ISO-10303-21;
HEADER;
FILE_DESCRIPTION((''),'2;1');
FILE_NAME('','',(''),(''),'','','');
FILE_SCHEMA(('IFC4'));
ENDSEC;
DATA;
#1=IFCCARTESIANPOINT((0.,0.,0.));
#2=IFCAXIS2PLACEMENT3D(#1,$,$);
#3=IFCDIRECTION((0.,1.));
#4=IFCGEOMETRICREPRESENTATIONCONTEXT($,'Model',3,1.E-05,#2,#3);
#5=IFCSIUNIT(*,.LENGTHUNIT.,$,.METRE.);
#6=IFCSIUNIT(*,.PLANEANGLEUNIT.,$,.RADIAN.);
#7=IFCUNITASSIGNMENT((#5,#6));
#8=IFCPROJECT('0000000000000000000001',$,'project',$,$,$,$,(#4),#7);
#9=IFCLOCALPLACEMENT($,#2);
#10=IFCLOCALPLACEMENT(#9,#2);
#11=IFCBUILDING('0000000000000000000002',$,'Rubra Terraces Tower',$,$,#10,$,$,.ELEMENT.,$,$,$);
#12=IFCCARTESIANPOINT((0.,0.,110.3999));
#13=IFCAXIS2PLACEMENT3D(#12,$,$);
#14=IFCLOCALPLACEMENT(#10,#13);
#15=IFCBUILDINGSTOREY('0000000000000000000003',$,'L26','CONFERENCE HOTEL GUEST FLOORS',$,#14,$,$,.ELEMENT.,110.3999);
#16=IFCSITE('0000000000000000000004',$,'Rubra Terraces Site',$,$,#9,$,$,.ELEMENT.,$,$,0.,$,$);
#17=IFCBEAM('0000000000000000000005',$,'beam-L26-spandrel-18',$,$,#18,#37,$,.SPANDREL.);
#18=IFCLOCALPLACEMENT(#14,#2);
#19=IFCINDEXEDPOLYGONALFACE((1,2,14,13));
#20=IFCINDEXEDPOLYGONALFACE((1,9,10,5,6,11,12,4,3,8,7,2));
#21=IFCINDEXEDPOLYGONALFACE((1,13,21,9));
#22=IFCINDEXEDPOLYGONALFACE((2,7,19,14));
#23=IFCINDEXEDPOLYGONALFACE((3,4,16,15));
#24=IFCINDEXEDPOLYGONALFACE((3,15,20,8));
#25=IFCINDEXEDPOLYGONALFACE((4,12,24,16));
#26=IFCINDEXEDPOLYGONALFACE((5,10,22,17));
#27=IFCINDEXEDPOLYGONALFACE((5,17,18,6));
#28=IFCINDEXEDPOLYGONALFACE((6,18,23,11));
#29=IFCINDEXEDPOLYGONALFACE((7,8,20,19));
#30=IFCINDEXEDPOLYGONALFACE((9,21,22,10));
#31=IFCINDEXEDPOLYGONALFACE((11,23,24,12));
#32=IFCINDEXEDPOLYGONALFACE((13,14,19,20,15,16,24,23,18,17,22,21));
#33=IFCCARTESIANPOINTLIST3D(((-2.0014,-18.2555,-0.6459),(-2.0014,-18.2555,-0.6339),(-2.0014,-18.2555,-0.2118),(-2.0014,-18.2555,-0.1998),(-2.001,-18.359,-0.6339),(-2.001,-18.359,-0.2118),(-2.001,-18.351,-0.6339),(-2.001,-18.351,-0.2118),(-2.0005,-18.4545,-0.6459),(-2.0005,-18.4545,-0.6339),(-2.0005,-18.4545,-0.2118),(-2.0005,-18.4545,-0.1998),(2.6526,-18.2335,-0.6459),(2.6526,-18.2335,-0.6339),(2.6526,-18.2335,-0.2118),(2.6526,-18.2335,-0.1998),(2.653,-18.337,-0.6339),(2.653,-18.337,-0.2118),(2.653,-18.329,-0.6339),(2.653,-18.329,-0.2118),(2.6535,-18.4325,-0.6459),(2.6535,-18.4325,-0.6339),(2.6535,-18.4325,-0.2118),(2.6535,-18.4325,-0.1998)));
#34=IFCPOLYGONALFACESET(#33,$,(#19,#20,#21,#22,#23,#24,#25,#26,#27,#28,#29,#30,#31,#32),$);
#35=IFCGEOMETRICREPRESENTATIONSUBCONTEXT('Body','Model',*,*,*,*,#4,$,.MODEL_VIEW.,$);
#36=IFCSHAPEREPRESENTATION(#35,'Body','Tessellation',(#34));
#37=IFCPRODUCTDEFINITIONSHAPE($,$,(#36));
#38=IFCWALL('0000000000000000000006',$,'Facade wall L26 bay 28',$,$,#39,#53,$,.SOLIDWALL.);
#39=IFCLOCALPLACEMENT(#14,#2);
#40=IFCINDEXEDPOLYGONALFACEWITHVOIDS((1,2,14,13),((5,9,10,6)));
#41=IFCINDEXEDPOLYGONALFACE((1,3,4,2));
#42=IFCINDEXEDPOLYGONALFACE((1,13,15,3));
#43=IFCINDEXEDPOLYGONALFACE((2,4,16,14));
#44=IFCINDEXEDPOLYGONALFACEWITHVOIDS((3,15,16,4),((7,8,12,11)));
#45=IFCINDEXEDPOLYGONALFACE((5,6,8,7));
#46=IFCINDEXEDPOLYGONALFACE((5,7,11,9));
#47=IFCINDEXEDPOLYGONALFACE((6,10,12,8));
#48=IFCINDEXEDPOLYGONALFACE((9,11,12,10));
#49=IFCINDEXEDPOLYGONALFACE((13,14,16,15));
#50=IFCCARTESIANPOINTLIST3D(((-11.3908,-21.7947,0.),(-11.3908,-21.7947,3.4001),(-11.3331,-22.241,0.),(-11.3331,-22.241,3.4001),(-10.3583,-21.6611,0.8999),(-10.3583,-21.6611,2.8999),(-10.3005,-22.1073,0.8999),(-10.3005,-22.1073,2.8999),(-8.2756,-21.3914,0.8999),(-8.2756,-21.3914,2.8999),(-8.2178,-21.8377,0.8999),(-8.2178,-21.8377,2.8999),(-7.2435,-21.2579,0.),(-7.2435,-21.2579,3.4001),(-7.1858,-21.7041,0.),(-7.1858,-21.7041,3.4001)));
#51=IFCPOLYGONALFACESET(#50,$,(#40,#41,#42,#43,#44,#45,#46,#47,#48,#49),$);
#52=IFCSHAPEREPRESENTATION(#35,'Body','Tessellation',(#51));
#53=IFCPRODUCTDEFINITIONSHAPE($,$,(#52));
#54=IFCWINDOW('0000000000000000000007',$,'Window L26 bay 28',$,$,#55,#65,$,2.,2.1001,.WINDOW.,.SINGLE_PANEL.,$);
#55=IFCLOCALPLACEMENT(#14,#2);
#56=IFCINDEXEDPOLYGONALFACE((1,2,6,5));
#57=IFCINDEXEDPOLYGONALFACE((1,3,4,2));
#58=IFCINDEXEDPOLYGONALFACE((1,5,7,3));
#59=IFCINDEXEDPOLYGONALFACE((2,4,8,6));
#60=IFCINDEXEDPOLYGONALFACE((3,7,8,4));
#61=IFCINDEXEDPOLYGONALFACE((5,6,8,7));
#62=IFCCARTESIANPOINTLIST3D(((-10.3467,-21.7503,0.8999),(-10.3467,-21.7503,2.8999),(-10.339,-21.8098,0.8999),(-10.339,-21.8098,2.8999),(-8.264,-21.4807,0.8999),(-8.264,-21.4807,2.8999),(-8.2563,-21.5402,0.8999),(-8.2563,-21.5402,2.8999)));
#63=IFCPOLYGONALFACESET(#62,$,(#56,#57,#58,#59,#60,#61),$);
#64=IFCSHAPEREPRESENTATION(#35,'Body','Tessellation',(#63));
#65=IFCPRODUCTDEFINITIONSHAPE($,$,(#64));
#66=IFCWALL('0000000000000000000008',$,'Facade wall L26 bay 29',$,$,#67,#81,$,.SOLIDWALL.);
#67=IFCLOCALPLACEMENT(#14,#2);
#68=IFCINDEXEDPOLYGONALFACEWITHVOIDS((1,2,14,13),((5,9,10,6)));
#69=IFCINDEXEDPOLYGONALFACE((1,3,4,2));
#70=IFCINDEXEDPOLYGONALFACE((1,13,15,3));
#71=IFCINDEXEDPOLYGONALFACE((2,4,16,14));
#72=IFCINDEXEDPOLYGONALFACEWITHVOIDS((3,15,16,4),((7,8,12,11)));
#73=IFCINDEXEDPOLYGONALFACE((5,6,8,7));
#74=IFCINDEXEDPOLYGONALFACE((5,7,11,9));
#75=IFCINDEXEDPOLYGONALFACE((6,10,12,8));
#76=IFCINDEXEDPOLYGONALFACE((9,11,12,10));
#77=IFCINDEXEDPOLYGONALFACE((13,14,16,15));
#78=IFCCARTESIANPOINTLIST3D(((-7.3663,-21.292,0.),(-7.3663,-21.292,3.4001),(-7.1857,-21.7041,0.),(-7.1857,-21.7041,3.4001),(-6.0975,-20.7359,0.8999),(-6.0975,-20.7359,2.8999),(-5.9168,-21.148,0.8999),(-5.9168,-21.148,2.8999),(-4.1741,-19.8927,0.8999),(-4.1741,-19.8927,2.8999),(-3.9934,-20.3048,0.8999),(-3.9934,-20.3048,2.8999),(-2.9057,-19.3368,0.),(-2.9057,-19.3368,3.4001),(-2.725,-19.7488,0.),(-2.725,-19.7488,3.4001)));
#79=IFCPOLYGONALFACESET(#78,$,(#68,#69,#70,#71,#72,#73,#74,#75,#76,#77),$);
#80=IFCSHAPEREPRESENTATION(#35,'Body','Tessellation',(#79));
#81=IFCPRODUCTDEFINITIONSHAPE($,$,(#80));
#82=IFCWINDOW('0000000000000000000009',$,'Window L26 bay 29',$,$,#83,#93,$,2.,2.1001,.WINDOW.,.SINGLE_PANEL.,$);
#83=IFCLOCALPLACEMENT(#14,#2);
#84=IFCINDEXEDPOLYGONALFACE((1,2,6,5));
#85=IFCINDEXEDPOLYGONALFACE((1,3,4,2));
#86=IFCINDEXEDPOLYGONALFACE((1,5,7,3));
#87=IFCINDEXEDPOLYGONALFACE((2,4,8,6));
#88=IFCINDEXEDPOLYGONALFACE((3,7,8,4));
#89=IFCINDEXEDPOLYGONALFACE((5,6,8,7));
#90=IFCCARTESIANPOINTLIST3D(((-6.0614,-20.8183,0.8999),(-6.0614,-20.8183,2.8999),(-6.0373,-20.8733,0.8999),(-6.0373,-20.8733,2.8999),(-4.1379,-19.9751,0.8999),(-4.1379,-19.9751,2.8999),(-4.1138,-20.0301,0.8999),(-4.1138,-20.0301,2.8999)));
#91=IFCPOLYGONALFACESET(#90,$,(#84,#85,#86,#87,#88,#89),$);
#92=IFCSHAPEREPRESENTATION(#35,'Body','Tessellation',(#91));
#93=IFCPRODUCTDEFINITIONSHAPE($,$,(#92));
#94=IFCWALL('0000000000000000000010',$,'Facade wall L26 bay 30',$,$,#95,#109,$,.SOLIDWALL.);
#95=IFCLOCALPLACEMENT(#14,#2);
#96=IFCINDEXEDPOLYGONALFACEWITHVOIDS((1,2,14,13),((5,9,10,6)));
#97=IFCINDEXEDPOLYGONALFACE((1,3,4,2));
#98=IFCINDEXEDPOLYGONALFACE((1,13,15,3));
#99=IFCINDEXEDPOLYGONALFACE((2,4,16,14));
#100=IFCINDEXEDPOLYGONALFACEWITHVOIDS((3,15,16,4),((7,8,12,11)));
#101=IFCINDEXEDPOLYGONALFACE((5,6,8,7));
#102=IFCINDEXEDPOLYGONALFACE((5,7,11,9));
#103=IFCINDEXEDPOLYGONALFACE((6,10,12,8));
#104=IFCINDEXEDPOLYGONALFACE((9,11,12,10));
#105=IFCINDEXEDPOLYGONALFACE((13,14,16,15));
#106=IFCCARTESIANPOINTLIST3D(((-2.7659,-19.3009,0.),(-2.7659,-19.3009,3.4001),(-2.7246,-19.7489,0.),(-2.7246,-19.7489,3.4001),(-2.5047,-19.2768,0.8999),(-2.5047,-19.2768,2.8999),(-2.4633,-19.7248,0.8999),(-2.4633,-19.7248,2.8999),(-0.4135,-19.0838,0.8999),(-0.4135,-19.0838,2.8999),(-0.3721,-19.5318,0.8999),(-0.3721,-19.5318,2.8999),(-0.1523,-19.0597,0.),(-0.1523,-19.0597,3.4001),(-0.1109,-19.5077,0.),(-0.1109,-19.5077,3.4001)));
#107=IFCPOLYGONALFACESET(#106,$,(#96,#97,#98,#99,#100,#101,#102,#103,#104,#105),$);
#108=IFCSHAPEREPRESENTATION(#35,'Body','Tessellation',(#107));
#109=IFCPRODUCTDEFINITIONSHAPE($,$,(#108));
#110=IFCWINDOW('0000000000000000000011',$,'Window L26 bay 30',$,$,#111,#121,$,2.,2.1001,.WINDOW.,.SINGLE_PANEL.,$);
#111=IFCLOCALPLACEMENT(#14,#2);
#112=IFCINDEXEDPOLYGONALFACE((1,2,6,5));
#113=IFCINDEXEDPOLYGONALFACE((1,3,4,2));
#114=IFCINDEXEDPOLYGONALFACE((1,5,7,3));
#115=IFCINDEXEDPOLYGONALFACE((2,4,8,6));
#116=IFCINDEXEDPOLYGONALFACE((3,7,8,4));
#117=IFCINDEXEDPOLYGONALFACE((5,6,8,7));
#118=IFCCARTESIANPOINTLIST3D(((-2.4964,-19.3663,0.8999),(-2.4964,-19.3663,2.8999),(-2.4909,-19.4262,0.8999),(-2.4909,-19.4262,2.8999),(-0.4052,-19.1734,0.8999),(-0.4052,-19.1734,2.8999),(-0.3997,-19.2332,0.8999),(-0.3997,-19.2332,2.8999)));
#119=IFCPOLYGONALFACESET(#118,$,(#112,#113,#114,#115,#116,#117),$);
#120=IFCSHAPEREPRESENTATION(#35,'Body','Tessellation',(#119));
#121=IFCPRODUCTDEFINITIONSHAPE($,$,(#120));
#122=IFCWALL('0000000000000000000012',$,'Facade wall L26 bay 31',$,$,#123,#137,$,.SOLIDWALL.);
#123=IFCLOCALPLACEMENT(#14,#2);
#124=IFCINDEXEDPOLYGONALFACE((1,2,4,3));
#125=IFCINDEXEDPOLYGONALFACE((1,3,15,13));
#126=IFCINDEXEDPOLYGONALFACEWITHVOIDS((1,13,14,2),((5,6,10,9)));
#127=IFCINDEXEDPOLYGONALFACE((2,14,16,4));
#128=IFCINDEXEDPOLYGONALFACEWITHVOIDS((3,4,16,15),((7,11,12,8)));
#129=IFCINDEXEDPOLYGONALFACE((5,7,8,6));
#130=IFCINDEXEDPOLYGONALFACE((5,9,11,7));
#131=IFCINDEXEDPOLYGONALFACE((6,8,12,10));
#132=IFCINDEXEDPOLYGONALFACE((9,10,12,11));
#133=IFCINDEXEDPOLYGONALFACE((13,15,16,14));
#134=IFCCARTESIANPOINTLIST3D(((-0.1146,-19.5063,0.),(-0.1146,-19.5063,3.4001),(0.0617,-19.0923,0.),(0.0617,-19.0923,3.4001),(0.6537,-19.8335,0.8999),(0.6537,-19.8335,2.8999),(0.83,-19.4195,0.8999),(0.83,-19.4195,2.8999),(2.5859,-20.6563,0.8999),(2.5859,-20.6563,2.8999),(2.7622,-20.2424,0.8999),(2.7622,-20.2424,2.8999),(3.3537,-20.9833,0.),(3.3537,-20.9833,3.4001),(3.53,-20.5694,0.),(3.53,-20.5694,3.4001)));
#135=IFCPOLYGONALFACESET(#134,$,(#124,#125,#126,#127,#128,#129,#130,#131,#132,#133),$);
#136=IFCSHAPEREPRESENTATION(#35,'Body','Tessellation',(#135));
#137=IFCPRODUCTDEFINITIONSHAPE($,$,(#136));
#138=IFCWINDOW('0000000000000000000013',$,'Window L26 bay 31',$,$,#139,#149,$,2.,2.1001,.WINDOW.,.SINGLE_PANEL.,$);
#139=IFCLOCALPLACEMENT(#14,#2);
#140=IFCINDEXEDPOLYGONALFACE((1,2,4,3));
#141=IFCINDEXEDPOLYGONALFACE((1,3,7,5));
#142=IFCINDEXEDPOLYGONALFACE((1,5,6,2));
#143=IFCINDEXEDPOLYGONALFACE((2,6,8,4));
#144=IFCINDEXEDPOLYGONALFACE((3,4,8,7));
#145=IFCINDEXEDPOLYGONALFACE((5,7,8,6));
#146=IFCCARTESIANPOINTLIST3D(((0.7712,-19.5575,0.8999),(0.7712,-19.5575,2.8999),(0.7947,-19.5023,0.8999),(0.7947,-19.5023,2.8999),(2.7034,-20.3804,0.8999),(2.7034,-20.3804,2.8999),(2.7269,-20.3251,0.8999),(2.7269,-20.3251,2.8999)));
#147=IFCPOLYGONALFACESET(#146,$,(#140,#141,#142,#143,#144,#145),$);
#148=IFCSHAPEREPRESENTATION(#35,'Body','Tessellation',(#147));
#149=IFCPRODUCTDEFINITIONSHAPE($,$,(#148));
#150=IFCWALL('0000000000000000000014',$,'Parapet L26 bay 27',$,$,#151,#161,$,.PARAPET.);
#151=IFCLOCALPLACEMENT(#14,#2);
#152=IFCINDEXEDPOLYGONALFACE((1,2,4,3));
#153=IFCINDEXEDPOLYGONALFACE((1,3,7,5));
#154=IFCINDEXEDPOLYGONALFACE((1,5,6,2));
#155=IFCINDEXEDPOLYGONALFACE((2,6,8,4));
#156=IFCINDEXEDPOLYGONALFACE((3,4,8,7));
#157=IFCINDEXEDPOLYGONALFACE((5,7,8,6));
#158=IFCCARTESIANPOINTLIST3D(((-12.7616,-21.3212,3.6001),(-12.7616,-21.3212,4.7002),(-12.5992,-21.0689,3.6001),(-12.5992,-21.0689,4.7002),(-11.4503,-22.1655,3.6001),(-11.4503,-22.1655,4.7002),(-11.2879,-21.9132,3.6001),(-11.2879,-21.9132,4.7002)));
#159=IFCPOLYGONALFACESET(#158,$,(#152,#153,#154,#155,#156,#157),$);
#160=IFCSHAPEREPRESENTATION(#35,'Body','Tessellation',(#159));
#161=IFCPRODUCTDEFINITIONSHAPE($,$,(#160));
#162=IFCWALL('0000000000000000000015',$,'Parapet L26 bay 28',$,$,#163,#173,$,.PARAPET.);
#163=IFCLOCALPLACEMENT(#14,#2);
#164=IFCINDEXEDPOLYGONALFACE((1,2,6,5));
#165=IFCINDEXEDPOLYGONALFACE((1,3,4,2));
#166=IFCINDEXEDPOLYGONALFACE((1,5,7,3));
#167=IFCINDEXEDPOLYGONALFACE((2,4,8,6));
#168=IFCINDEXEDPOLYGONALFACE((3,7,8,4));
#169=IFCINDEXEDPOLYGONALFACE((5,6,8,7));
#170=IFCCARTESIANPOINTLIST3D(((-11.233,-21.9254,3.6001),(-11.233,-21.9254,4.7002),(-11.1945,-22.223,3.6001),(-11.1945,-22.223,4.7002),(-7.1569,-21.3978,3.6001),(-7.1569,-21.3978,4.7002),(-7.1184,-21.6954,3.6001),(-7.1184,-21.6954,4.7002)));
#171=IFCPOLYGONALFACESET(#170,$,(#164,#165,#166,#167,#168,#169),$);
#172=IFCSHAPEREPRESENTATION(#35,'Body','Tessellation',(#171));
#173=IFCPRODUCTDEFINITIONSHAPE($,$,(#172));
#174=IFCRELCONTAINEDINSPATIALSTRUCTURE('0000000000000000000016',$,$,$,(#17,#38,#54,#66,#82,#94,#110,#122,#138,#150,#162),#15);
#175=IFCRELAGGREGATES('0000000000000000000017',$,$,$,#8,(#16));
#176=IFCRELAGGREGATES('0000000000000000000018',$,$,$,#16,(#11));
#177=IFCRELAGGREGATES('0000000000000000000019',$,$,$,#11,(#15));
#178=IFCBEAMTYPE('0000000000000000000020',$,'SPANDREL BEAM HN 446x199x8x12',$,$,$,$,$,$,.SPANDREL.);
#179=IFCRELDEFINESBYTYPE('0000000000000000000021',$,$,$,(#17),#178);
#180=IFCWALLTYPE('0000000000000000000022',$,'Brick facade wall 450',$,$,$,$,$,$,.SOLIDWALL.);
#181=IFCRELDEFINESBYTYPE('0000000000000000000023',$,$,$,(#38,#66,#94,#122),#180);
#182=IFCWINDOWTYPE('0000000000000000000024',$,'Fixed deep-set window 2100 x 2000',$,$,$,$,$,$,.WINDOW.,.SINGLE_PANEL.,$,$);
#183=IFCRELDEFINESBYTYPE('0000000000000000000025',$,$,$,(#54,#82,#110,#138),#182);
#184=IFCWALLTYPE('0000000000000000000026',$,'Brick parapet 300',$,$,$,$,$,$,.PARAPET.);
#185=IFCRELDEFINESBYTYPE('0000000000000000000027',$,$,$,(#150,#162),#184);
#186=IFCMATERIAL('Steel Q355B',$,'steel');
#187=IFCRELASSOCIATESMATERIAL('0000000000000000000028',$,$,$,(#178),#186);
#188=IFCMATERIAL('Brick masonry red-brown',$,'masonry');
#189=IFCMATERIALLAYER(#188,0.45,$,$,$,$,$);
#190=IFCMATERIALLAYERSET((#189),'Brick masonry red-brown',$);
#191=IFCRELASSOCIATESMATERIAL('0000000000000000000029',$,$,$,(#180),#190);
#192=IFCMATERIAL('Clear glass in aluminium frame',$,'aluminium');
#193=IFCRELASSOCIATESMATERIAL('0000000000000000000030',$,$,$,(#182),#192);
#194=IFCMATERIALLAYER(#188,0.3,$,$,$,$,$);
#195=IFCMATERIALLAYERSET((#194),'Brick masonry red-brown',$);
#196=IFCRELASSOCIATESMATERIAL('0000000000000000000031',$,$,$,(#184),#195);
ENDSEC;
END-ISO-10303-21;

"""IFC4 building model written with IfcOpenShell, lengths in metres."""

from ifc_helpers import new_model, si_unit, direction, frame, frame_2d, origin, origin_2d, place, context, subcontext, project, spatial, rectangle, i_section, extrude, material, layer, layer_set, material_profile, profile_set, type_object, element, fill, save


model = new_model("IFC4")

# Units and contexts
model_context = context("Model", 3, precision=1e-05, world=origin(), true_north=direction((0.0, 1.0)))
body_context = subcontext(model_context, "Body", "Model", "MODEL_VIEW")
ifc_project = project(units=[si_unit("LENGTHUNIT", "METRE"), si_unit("PLANEANGLEUNIT", "RADIAN")], contexts=[model_context])

# Site, building, storey
site_placement = place(None, origin())
site = spatial("IfcSite", under=ifc_project, at=site_placement, Name="Rubra Terraces Site", CompositionType="ELEMENT", RefElevation=0.0)
building_placement = place(site_placement, origin())
building = spatial("IfcBuilding", under=site, at=building_placement, Name="Rubra Terraces Tower", CompositionType="ELEMENT")
storey_placement = place(building_placement, frame((0.0, 0.0, 110.3999)))
storey = spatial("IfcBuildingStorey", under=building, at=storey_placement, Name="L26", Description="CONFERENCE HOTEL GUEST FLOORS", CompositionType="ELEMENT", Elevation=110.3999)

# Beam
ifc_material_1 = material(Name="Steel Q355B", Category="steel")
ifc_material_profile_1 = material_profile(ifc_material_1, i_section(OverallWidth=0.199, OverallDepth=0.446, WebThickness=0.0081, FlangeThickness=0.012, at=origin_2d()), Name="HN 446x199x8x12")
ifc_profile_set_1 = profile_set([ifc_material_profile_1], Name="Steel Q355B")
beam_type_1 = type_object("IfcBeamType", Name="SPANDREL BEAM HN 446x199x8x12", PredefinedType="SPANDREL", material=ifc_profile_set_1)
beam_1_placement = place(storey_placement, frame((-2.001, -18.355, -0.4229), z_axis=(0.999989, 0.004721, 0.0), x_axis=(-0.004721, 0.999989, 0.0)))
element("IfcBeam", 1, at=beam_1_placement, inside=storey, type_object=beam_type_1, Name="beam-L26-spandrel-18", PredefinedType="SPANDREL", context=body_context, shape_type="SweptSolid", body=[
    extrude(i_section(OverallWidth=0.199, OverallDepth=0.446, WebThickness=0.0081, FlangeThickness=0.012, at=origin_2d()), origin(), (0.0, 0.0, 1.0), 4.6541),
])

# Walls, openings, windows
ifc_material_2 = material(Name="Brick masonry red-brown", Category="masonry")
ifc_layer_1 = layer(ifc_material_2, 0.45)
ifc_layer_set_1 = layer_set([ifc_layer_1], Name="Brick masonry red-brown")
wall_type_1 = type_object("IfcWallType", Name="Brick facade wall 450", PredefinedType="SOLIDWALL", material=ifc_layer_set_1)
wall_1_placement = place(storey_placement, frame((-11.3618, -22.0178, 0.0), z_axis=(0.0, 0.0, 1.0), x_axis=(0.991725, 0.128381, 0.0)))
wall_1 = element("IfcWall", 2, at=wall_1_placement, inside=storey, type_object=wall_type_1, Name="Facade wall L26 bay 28", PredefinedType="SOLIDWALL", context=body_context, shape_type="SweptSolid", body=[
    extrude(rectangle(XDim=4.1819, YDim=0.45, at=frame_2d((2.0908, 0.0))), origin(), (0.0, 0.0, 1.0), 3.4001),
])
opening_1_placement = place(wall_1_placement, frame((1.041, 0.0, 0.8999)))
opening_1 = element("IfcOpeningElement", 3, at=opening_1_placement, cuts=wall_1, PredefinedType="OPENING", context=body_context, shape_type="SweptSolid", body=[
    extrude(rectangle(XDim=2.1001, YDim=2.0, at=frame_2d((1.05, 1.0))), frame((0.0, 0.2349, 0.0), z_axis=(0.0, -1.0, 0.0), x_axis=(1.0, 0.0, 0.0)), (0.0, 0.0, 1.0), 0.47),
])
ifc_material_3 = material(Name="Clear glass in aluminium frame", Category="aluminium")
window_type = type_object("IfcWindowType", Name="Fixed deep-set window 2100 x 2000", PartitioningType="SINGLE_PANEL", PredefinedType="WINDOW", material=ifc_material_3)
window_1_placement = place(opening_1_placement, origin())
window_1 = element("IfcWindow", 4, at=window_1_placement, inside=storey, type_object=window_type, Name="Window L26 bay 28", OverallHeight=2.0, OverallWidth=2.1001, PartitioningType="SINGLE_PANEL", PredefinedType="WINDOW", context=body_context, shape_type="SweptSolid", body=[
    extrude(rectangle(XDim=2.1001, YDim=2.0, at=frame_2d((1.05, 1.0))), frame((0.0, 0.135, 0.0), z_axis=(0.0, -1.0, 0.0), x_axis=(1.0, 0.0, 0.0)), (0.0, 0.0, 1.0), 0.0601),
])
fill(opening_1, window_1)
wall_2_placement = place(storey_placement, frame((-7.2759, -21.498, 0.0), z_axis=(0.0, 0.0, 1.0), x_axis=(0.915873, 0.401468, 0.0)))
wall_2 = element("IfcWall", 5, at=wall_2_placement, inside=storey, type_object=wall_type_1, Name="Facade wall L26 bay 29", PredefinedType="SOLIDWALL", context=body_context, shape_type="SweptSolid", body=[
    extrude(rectangle(XDim=4.8704, YDim=0.45, at=frame_2d((2.4351, 0.0))), origin(), (0.0, 0.0, 1.0), 3.4001),
])
opening_2_placement = place(wall_2_placement, frame((1.3853, 0.0, 0.8999)))
opening_2 = element("IfcOpeningElement", 6, at=opening_2_placement, cuts=wall_2, PredefinedType="OPENING", context=body_context, shape_type="SweptSolid", body=[
    extrude(rectangle(XDim=2.1001, YDim=2.0, at=frame_2d((1.05, 1.0))), frame((0.0, 0.2349, 0.0), z_axis=(0.0, -1.0, 0.0), x_axis=(1.0, 0.0, 0.0)), (0.0, 0.0, 1.0), 0.47),
])
window_2_placement = place(opening_2_placement, origin())
window_2 = element("IfcWindow", 7, at=window_2_placement, inside=storey, type_object=window_type, Name="Window L26 bay 29", OverallHeight=2.0, OverallWidth=2.1001, PartitioningType="SINGLE_PANEL", PredefinedType="WINDOW", context=body_context, shape_type="SweptSolid", body=[
    extrude(rectangle(XDim=2.1001, YDim=2.0, at=frame_2d((1.05, 1.0))), frame((0.0, 0.135, 0.0), z_axis=(0.0, -1.0, 0.0), x_axis=(1.0, 0.0, 0.0)), (0.0, 0.0, 1.0), 0.0601),
])
fill(opening_2, window_2)
wall_3_placement = place(storey_placement, frame((-2.7454, -19.5249, 0.0), z_axis=(0.0, 0.0, 1.0), x_axis=(0.995769, 0.091894, 0.0)))
wall_3 = element("IfcWall", 8, at=wall_3_placement, inside=storey, type_object=wall_type_1, Name="Facade wall L26 bay 30", PredefinedType="SOLIDWALL", context=body_context, shape_type="SweptSolid", body=[
    extrude(rectangle(XDim=2.6248, YDim=0.45, at=frame_2d((1.3125, 0.0))), origin(), (0.0, 0.0, 1.0), 3.4001),
])
opening_3_placement = place(wall_3_placement, frame((0.2625, 0.0, 0.8999)))
opening_3 = element("IfcOpeningElement", 9, at=opening_3_placement, cuts=wall_3, PredefinedType="OPENING", context=body_context, shape_type="SweptSolid", body=[
    extrude(rectangle(XDim=2.1001, YDim=2.0, at=frame_2d((1.05, 1.0))), frame((0.0, 0.2349, 0.0), z_axis=(0.0, -1.0, 0.0), x_axis=(1.0, 0.0, 0.0)), (0.0, 0.0, 1.0), 0.47),
])
window_3_placement = place(opening_3_placement, origin())
window_3 = element("IfcWindow", 10, at=window_3_placement, inside=storey, type_object=window_type, Name="Window L26 bay 30", OverallHeight=2.0, OverallWidth=2.1001, PartitioningType="SINGLE_PANEL", PredefinedType="WINDOW", context=body_context, shape_type="SweptSolid", body=[
    extrude(rectangle(XDim=2.1001, YDim=2.0, at=frame_2d((1.05, 1.0))), frame((0.0, 0.135, 0.0), z_axis=(0.0, -1.0, 0.0), x_axis=(1.0, 0.0, 0.0)), (0.0, 0.0, 1.0), 0.0601),
])
fill(opening_3, window_3)
wall_4_placement = place(storey_placement, frame((-0.0264, -19.2993, 0.0), z_axis=(0.0, 0.0, 1.0), x_axis=(0.92004, -0.391823, 0.0)))
wall_4 = element("IfcWall", 11, at=wall_4_placement, inside=storey, type_object=wall_type_1, Name="Facade wall L26 bay 31", PredefinedType="SOLIDWALL", context=body_context, shape_type="SweptSolid", body=[
    extrude(rectangle(XDim=3.7698, YDim=0.45, at=frame_2d((1.8848, 0.0))), origin(), (0.0, 0.0, 1.0), 3.4001),
])
opening_4_placement = place(wall_4_placement, frame((0.835, 0.0, 0.8999)))
opening_4 = element("IfcOpeningElement", 12, at=opening_4_placement, cuts=wall_4, PredefinedType="OPENING", context=body_context, shape_type="SweptSolid", body=[
    extrude(rectangle(XDim=2.1001, YDim=2.0, at=frame_2d((1.05, 1.0))), frame((0.0, 0.2349, 0.0), z_axis=(0.0, -1.0, 0.0), x_axis=(1.0, 0.0, 0.0)), (0.0, 0.0, 1.0), 0.47),
])
window_4_placement = place(opening_4_placement, origin())
window_4 = element("IfcWindow", 13, at=window_4_placement, inside=storey, type_object=window_type, Name="Window L26 bay 31", OverallHeight=2.0, OverallWidth=2.1001, PartitioningType="SINGLE_PANEL", PredefinedType="WINDOW", context=body_context, shape_type="SweptSolid", body=[
    extrude(rectangle(XDim=2.1001, YDim=2.0, at=frame_2d((1.05, 1.0))), frame((0.0, 0.135, 0.0), z_axis=(0.0, -1.0, 0.0), x_axis=(1.0, 0.0, 0.0)), (0.0, 0.0, 1.0), 0.0601),
])
fill(opening_4, window_4)

# Walls
ifc_layer_2 = layer(ifc_material_2, 0.3)
ifc_layer_set_2 = layer_set([ifc_layer_2], Name="Brick masonry red-brown")
wall_type_2 = type_object("IfcWallType", Name="Brick parapet 300", PredefinedType="PARAPET", material=ifc_layer_set_2)
wall_5_placement = place(storey_placement, frame((-12.6804, -21.1951, 3.6001), z_axis=(0.0, 0.0, 1.0), x_axis=(0.840807, -0.541335, 0.0)))
element("IfcWall", 14, at=wall_5_placement, inside=storey, type_object=wall_type_2, Name="Parapet L26 bay 27", PredefinedType="PARAPET", context=body_context, shape_type="SweptSolid", body=[
    extrude(rectangle(XDim=1.5596, YDim=0.3, at=frame_2d((0.7798, 0.0))), origin(), (0.0, 0.0, 1.0), 1.1001),
])
wall_6_placement = place(storey_placement, frame((-11.2139, -22.0742, 3.6001), z_axis=(0.0, 0.0, 1.0), x_axis=(0.991727, 0.128361, 0.0)))
element("IfcWall", 15, at=wall_6_placement, inside=storey, type_object=wall_type_2, Name="Parapet L26 bay 28", PredefinedType="PARAPET", context=body_context, shape_type="SweptSolid", body=[
    extrude(rectangle(XDim=4.1101, YDim=0.3, at=frame_2d((2.0552, 0.0))), origin(), (0.0, 0.0, 1.0), 1.1001),
])

save(model, "model.ifc")
